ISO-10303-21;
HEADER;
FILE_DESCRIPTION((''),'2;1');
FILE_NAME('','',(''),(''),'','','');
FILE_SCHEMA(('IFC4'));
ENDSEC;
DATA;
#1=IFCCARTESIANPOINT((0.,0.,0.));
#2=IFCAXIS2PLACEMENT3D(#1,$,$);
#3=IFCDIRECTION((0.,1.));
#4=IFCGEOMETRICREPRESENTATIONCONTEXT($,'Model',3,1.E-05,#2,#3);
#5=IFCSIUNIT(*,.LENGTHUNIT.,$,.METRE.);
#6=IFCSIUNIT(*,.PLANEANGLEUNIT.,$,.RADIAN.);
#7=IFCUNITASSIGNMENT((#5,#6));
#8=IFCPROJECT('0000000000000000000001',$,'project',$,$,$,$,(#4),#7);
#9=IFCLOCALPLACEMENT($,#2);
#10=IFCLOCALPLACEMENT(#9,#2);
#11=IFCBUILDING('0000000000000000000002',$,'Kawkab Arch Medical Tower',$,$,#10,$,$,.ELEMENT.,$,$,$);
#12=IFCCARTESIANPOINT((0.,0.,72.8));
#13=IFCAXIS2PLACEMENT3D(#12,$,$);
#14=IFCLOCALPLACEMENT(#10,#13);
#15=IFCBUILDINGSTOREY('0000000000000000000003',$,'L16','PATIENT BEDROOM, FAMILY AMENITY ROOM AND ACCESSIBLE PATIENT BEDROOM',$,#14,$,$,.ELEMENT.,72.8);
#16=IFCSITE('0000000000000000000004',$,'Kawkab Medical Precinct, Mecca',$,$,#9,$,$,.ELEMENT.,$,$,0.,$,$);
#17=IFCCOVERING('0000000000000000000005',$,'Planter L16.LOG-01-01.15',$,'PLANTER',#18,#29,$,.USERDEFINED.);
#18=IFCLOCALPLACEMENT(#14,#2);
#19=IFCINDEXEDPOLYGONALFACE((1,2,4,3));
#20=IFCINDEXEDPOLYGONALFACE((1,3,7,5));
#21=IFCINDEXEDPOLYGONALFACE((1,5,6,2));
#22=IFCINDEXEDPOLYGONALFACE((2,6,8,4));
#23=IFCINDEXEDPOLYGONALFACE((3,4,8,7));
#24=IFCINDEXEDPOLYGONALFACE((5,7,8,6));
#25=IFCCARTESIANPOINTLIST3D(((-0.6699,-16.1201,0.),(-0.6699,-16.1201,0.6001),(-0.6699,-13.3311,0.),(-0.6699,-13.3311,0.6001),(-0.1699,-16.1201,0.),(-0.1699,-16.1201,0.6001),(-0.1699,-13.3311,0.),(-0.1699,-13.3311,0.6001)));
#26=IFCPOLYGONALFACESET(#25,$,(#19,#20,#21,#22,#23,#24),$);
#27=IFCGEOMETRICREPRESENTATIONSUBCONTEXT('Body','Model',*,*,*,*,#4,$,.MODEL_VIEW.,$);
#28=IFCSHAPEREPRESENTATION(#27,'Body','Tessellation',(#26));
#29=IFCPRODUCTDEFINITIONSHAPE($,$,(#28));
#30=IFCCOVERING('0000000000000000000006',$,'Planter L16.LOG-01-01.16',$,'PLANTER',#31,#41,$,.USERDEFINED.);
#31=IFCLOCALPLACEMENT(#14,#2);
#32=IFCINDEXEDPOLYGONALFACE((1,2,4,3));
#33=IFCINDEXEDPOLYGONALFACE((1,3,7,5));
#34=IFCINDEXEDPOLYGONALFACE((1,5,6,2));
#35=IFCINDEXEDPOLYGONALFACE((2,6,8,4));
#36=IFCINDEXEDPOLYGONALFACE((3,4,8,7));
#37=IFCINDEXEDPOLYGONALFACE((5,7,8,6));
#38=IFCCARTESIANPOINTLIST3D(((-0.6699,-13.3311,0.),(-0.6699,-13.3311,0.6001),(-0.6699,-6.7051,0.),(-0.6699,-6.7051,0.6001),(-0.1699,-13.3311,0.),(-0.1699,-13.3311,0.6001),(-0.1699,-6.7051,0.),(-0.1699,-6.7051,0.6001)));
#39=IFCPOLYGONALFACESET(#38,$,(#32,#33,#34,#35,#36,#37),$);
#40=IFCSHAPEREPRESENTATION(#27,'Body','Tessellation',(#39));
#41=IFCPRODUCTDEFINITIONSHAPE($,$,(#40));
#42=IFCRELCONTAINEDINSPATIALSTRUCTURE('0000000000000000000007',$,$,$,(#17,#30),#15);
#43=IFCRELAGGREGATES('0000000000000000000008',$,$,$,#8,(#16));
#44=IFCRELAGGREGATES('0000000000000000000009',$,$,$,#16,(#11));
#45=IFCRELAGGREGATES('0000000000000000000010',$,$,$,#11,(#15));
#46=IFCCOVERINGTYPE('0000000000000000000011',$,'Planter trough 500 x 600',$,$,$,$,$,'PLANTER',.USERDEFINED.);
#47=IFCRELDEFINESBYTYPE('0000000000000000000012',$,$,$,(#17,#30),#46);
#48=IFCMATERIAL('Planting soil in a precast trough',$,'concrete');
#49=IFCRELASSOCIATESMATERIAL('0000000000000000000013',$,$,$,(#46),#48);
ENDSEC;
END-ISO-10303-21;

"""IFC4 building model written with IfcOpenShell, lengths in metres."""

from ifc_helpers import new_model, si_unit, direction, frame, origin, origin_2d, place, context, subcontext, project, spatial, rectangle, extrude, material, material_profile, profile_set, type_object, element, save


model = new_model("IFC4")

# Units and contexts
model_context = context("Model", 3, precision=1e-05, world=origin(), true_north=direction((0.0, 1.0)))
body_context = subcontext(model_context, "Body", "Model", "MODEL_VIEW")
ifc_project = project(units=[si_unit("LENGTHUNIT", "METRE"), si_unit("PLANEANGLEUNIT", "RADIAN")], contexts=[model_context])

# Site, building, storey
site_placement = place(None, origin())
site = spatial("IfcSite", under=ifc_project, at=site_placement, Name="Kawkab Medical Precinct, Mecca", CompositionType="ELEMENT", RefElevation=0.0)
building_placement = place(site_placement, origin())
building = spatial("IfcBuilding", under=site, at=building_placement, Name="Kawkab Arch Medical Tower", CompositionType="ELEMENT")
storey_placement = place(building_placement, frame((0.0, 0.0, 72.8)))
storey = spatial("IfcBuildingStorey", under=building, at=storey_placement, Name="L16", Description="PATIENT BEDROOM, FAMILY AMENITY ROOM AND ACCESSIBLE PATIENT BEDROOM", CompositionType="ELEMENT", Elevation=72.8)

# Coverings
ifc_material_1 = material(Name="Planting soil in a precast trough", Category="concrete")
ifc_material_profile_1 = material_profile(ifc_material_1, rectangle(XDim=0.5, YDim=0.6001, at=origin_2d()), Name="Trough 500x600")
ifc_profile_set_1 = profile_set([ifc_material_profile_1], Name="Planting soil in a precast trough")
covering_type_1 = type_object("IfcCoveringType", Name="Planter trough 500 x 600", ElementType="PLANTER", PredefinedType="USERDEFINED", material=ifc_profile_set_1)
covering_1_placement = place(storey_placement, frame((-0.4199, -16.1201, 0.3), z_axis=(0.0, 1.0, 0.0), x_axis=(-1.0, 0.0, 0.0)))
element("IfcCovering", 1, at=covering_1_placement, inside=storey, type_object=covering_type_1, Name="Planter L16.LOG-01-01.15", ObjectType="PLANTER", PredefinedType="USERDEFINED", context=body_context, shape_type="SweptSolid", body=[
    extrude(rectangle(XDim=0.5, YDim=0.6001, at=origin_2d()), origin(), (0.0, 0.0, 1.0), 2.7891),
])
covering_2_placement = place(storey_placement, frame((-0.4199, -13.3311, 0.3), z_axis=(0.0, 1.0, 0.0), x_axis=(-1.0, 0.0, 0.0)))
element("IfcCovering", 2, at=covering_2_placement, inside=storey, type_object=covering_type_1, Name="Planter L16.LOG-01-01.16", ObjectType="PLANTER", PredefinedType="USERDEFINED", context=body_context, shape_type="SweptSolid", body=[
    extrude(rectangle(XDim=0.5, YDim=0.6001, at=origin_2d()), origin(), (0.0, 0.0, 1.0), 6.626),
])

save(model, "model.ifc")
